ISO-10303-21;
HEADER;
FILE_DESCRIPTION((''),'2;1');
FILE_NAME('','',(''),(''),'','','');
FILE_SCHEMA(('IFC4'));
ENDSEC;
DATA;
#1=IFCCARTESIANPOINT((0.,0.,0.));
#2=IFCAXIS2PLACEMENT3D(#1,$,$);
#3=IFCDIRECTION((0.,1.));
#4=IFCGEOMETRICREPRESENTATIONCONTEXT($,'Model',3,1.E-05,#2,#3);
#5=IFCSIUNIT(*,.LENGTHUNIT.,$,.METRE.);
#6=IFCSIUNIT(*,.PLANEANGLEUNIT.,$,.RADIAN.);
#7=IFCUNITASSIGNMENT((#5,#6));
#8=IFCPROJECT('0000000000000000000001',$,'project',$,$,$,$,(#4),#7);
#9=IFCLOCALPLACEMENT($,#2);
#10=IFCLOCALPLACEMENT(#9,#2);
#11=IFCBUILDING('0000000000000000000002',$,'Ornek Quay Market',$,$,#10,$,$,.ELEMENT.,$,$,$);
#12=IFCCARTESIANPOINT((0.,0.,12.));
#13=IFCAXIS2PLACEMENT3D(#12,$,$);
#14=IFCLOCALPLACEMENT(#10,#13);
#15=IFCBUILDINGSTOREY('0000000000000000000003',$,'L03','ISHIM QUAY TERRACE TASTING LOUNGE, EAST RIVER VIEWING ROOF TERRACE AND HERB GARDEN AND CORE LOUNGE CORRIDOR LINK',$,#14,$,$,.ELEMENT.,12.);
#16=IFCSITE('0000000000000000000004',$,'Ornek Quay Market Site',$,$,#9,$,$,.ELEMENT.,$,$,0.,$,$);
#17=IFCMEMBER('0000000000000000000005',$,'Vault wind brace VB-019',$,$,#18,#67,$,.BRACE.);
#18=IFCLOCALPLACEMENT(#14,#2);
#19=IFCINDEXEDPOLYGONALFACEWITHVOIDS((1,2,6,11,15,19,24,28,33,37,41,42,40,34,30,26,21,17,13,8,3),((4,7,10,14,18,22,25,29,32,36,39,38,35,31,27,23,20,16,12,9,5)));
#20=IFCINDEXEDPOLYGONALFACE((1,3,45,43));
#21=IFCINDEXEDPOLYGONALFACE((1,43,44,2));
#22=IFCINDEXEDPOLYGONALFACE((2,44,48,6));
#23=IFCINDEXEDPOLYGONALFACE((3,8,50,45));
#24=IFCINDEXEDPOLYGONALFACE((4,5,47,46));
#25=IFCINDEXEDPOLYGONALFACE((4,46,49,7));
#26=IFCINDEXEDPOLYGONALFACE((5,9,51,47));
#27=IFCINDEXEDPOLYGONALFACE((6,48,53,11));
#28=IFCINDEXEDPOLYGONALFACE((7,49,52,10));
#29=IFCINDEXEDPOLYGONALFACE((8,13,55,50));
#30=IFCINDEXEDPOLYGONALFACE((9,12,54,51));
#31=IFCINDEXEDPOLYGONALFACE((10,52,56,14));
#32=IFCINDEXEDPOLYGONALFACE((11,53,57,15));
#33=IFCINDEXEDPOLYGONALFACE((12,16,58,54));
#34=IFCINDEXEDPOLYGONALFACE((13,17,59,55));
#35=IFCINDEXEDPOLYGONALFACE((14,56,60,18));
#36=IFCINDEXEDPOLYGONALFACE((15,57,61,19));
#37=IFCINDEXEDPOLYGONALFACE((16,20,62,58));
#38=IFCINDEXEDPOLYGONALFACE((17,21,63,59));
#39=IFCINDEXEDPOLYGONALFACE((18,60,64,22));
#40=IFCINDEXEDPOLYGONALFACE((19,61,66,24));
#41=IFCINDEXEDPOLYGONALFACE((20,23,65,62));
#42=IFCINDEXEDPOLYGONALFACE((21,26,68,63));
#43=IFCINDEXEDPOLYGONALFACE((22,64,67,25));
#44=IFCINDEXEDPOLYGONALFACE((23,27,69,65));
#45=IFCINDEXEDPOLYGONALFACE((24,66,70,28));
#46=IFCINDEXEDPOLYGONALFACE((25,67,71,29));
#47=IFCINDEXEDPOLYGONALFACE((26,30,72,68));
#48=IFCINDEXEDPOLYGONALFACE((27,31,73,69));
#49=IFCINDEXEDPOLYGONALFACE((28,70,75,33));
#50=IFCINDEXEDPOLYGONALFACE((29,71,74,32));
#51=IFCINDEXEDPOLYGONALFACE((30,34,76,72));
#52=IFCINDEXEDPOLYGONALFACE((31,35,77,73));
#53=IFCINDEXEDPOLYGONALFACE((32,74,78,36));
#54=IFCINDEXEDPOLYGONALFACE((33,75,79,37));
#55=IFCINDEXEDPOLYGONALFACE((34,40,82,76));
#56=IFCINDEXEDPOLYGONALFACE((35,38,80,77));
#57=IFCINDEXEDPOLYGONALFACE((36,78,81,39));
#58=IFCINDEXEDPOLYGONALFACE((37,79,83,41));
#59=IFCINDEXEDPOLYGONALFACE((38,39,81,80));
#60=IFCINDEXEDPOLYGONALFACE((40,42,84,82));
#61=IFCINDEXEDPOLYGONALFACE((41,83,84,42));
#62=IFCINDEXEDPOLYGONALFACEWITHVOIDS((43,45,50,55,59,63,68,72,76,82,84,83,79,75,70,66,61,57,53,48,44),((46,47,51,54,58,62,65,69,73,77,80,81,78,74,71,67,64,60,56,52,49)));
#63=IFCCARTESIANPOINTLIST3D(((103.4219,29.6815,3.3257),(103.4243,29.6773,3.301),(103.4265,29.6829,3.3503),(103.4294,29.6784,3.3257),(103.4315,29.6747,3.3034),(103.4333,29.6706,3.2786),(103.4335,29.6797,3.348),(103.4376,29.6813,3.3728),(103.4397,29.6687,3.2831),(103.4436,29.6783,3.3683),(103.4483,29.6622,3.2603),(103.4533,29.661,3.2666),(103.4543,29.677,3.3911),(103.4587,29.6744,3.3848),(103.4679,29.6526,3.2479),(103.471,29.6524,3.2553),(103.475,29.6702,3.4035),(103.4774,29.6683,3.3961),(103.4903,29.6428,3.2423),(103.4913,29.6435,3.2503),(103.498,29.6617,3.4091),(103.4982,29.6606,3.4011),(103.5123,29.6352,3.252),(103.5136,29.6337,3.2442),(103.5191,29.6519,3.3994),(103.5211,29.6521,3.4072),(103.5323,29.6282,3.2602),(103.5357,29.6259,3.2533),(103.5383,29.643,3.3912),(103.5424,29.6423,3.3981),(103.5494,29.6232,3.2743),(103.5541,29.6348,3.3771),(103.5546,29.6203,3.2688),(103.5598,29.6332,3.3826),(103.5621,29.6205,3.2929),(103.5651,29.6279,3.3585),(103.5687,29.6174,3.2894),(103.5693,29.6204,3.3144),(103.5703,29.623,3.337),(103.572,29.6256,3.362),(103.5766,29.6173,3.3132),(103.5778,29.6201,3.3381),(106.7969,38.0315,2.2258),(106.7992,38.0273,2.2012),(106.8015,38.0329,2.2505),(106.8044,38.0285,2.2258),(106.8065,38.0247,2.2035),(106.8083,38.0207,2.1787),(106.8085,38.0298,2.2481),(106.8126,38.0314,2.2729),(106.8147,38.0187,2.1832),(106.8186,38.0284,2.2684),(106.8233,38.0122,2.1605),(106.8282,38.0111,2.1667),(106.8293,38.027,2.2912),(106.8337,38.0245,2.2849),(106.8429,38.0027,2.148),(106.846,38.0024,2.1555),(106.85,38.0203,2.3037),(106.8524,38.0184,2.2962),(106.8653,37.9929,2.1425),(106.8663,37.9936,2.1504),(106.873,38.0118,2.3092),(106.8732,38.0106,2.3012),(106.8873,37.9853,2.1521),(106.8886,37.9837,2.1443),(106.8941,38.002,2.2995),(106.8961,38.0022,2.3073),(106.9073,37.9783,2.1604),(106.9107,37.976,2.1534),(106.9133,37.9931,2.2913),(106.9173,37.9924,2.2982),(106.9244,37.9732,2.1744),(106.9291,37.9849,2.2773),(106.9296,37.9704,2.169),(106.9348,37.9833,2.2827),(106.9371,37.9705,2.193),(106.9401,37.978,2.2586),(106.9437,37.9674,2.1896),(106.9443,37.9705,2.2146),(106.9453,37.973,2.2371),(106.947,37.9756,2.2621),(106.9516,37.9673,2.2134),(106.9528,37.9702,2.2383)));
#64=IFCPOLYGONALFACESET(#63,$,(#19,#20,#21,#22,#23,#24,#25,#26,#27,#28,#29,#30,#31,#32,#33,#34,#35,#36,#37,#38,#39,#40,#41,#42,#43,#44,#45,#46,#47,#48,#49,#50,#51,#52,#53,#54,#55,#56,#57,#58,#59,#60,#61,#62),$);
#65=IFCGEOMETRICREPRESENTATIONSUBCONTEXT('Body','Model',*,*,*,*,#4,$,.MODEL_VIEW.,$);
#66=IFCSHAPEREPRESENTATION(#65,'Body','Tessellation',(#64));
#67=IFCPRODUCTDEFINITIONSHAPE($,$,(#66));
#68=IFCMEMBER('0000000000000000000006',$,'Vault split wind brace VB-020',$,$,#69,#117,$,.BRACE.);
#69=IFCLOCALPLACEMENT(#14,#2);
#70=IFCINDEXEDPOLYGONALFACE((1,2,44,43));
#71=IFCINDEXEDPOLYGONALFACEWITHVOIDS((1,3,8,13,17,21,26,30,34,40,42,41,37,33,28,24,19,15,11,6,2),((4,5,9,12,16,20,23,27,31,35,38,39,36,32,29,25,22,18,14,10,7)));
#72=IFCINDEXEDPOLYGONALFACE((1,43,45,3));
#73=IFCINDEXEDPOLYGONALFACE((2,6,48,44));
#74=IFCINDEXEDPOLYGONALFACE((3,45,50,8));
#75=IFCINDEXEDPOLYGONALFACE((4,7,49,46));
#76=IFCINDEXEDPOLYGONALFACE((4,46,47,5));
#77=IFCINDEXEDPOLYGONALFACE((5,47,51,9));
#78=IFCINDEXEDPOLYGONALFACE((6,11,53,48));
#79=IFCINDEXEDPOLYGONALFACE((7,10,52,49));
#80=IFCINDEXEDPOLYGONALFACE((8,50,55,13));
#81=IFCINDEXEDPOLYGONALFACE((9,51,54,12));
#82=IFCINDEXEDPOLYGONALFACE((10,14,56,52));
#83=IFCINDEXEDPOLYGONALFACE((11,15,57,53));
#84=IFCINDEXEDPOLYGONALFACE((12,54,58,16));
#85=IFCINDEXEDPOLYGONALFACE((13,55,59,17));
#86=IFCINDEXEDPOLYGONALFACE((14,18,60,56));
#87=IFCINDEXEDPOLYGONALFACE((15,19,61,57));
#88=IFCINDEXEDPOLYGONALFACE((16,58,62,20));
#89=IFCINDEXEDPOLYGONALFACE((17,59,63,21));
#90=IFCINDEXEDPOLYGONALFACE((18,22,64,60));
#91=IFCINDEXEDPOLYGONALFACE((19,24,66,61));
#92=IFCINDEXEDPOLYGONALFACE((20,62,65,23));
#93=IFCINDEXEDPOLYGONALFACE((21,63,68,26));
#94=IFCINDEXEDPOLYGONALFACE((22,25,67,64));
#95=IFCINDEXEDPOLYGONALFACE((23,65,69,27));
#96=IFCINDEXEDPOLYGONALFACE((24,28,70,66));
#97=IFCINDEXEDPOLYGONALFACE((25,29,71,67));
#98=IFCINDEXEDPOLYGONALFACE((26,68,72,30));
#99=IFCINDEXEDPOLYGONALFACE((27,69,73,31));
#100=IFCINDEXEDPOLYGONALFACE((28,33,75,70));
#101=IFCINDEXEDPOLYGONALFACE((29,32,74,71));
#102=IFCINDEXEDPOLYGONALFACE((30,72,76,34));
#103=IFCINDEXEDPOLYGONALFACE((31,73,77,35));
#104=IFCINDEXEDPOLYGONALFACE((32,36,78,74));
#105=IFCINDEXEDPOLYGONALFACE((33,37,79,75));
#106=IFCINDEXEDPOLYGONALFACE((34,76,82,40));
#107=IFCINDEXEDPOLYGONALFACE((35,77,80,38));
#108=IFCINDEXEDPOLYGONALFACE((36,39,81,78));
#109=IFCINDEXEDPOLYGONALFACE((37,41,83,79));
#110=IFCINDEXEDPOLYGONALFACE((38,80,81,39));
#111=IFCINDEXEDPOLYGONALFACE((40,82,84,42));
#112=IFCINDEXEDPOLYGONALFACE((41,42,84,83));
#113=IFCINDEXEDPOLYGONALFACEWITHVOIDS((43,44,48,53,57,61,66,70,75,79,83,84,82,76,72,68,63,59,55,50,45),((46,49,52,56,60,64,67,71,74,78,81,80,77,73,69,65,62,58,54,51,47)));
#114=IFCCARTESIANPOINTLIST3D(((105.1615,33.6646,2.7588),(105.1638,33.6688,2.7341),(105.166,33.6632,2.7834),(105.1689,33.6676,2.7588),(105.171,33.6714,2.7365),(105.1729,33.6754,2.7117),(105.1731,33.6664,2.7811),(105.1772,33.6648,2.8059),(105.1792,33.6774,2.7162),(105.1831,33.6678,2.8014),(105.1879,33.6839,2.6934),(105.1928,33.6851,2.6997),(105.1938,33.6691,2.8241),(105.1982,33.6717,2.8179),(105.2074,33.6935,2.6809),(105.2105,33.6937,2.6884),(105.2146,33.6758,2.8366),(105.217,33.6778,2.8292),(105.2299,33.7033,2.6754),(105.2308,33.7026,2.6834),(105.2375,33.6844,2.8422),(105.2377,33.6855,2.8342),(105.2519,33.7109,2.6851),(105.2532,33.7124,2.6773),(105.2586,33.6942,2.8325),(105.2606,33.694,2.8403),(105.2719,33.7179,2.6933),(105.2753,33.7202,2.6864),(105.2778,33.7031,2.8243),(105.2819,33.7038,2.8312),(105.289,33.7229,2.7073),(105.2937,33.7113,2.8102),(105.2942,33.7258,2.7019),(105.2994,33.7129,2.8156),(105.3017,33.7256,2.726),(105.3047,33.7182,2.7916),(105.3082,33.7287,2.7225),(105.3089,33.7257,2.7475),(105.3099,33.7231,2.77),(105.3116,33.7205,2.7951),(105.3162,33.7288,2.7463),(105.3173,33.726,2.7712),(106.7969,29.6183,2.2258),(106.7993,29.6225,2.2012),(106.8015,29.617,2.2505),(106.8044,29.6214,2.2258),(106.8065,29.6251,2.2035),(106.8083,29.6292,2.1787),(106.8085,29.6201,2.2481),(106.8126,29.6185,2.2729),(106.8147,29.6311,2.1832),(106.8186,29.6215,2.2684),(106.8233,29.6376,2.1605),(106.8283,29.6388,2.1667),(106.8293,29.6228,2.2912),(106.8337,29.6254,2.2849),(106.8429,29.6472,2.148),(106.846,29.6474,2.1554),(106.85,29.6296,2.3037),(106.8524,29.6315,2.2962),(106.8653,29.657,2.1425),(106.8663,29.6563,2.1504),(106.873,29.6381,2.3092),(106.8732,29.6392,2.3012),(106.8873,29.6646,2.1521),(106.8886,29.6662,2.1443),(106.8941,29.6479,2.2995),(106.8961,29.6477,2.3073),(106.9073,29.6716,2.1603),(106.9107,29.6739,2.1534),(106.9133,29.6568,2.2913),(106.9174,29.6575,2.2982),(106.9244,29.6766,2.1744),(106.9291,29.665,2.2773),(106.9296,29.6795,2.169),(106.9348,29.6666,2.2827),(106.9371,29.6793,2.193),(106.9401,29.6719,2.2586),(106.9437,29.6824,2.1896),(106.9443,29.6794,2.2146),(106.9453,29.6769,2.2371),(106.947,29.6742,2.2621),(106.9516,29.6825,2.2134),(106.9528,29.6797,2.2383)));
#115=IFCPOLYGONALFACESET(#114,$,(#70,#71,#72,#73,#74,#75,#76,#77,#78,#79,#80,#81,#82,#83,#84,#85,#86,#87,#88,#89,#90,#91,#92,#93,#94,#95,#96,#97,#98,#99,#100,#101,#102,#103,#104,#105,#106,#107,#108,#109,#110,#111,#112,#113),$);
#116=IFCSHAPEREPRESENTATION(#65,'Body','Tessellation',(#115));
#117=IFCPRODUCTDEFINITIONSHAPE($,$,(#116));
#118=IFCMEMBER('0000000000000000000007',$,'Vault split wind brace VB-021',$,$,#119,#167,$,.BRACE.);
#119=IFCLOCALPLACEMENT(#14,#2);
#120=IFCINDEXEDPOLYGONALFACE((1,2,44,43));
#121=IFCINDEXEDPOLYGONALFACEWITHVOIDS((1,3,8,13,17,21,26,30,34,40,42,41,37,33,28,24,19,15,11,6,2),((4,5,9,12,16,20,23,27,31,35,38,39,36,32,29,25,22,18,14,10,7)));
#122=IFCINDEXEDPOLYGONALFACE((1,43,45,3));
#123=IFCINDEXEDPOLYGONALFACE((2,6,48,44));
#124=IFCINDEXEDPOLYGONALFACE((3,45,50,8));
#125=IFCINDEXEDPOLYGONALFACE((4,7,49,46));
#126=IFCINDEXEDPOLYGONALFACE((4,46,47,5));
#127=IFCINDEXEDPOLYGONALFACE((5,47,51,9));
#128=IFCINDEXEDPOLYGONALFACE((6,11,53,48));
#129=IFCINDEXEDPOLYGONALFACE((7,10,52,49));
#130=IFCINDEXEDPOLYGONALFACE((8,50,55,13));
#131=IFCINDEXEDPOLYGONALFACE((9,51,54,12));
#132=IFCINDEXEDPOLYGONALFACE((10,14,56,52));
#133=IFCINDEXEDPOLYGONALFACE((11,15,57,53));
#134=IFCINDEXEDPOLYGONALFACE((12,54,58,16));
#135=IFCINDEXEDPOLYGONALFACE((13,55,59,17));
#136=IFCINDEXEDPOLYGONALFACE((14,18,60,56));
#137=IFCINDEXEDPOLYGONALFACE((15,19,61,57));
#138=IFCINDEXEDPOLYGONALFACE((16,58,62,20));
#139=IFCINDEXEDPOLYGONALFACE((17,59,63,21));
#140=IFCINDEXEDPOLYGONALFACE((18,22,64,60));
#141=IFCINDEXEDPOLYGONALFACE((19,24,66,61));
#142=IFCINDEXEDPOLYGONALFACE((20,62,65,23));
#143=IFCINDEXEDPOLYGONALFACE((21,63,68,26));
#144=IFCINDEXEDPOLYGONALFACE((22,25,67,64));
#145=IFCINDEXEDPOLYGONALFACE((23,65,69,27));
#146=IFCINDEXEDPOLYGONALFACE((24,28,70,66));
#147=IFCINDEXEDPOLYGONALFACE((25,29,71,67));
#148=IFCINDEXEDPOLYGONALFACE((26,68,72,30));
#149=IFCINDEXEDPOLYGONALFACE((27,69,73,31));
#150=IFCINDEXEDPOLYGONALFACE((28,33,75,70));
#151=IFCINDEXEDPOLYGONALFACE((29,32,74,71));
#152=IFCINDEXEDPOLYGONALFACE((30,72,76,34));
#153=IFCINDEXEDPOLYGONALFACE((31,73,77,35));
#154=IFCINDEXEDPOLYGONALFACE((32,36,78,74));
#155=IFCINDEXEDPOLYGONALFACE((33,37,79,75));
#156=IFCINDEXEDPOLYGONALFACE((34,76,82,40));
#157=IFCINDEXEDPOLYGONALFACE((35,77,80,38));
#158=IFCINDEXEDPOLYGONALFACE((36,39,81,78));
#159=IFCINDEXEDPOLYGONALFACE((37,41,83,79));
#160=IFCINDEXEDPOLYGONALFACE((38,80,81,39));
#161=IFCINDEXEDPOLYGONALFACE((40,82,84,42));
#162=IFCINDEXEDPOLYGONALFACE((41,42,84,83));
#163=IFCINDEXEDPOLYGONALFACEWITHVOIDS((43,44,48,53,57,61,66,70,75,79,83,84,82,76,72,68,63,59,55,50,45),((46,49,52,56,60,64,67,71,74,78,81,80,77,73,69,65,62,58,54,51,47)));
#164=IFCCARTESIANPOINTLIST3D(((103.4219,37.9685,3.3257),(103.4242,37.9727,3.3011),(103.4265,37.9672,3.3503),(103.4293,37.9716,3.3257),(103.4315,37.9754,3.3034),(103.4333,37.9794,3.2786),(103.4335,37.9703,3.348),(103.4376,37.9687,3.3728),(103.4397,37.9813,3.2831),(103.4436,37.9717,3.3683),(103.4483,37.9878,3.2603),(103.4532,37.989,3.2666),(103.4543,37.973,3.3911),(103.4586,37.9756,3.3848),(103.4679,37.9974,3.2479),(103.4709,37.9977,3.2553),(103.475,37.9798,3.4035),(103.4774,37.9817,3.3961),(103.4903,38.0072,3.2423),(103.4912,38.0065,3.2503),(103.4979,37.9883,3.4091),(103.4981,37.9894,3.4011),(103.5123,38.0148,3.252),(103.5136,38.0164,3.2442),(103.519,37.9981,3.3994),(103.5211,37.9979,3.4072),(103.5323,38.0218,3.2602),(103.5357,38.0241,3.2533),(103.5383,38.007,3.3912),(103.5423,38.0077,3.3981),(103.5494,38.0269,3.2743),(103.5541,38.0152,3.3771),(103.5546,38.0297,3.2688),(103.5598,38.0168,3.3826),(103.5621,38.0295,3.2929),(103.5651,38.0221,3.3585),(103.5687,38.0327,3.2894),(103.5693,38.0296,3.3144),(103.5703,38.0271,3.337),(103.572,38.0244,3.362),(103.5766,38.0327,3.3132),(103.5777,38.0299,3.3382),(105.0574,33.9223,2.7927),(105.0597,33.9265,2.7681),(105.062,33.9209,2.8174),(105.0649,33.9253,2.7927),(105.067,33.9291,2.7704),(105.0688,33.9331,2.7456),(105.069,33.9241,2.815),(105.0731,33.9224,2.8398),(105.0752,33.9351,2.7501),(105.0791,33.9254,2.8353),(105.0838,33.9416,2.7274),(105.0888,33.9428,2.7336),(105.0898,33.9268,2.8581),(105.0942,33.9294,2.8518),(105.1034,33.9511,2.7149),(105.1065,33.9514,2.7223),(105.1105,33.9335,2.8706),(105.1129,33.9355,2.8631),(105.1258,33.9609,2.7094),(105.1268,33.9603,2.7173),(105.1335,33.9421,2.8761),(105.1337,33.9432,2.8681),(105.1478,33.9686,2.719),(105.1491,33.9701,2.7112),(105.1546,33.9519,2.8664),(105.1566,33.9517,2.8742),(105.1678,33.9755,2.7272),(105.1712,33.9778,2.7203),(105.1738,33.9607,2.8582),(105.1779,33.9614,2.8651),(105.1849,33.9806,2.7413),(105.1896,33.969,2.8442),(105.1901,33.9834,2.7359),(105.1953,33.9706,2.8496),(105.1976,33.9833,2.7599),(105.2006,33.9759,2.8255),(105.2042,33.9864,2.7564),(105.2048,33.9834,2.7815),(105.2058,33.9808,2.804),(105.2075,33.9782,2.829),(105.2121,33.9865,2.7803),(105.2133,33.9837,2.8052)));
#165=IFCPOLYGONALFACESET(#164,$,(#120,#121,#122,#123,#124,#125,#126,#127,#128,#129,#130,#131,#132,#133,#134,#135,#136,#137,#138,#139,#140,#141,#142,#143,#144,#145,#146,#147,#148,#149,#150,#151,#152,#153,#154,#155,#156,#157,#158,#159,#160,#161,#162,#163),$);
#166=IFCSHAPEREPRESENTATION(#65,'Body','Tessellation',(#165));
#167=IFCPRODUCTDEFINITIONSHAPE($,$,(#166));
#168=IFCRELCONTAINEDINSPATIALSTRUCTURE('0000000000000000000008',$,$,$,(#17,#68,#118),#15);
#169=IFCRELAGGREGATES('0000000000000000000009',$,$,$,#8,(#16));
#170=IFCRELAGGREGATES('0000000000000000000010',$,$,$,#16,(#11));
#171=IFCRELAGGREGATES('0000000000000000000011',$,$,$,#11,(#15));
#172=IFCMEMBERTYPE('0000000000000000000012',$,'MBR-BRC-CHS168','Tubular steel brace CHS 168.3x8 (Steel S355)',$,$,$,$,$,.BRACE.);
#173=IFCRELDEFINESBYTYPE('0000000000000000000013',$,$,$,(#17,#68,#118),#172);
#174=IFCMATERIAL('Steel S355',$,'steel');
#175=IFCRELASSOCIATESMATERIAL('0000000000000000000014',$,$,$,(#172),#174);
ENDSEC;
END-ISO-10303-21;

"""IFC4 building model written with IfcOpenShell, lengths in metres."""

from ifc_helpers import new_model, si_unit, direction, frame, origin, origin_2d, place, context, subcontext, project, spatial, hollow_circle, extrude, material, material_profile, profile_set, type_object, element, save


model = new_model("IFC4")

# Units and contexts
model_context = context("Model", 3, precision=1e-05, world=origin(), true_north=direction((0.0, 1.0)))
body_context = subcontext(model_context, "Body", "Model", "MODEL_VIEW")
ifc_project = project(units=[si_unit("LENGTHUNIT", "METRE"), si_unit("PLANEANGLEUNIT", "RADIAN")], contexts=[model_context])

# Site, building, storey
site_placement = place(None, origin())
site = spatial("IfcSite", under=ifc_project, at=site_placement, Name="Ornek Quay Market Site", CompositionType="ELEMENT", RefElevation=0.0)
building_placement = place(site_placement, origin())
building = spatial("IfcBuilding", under=site, at=building_placement, Name="Ornek Quay Market", CompositionType="ELEMENT")
storey_placement = place(building_placement, frame((0.0, 0.0, 12.0)))
storey = spatial("IfcBuildingStorey", under=building, at=storey_placement, Name="L03", Description="ISHIM QUAY TERRACE TASTING LOUNGE, EAST RIVER VIEWING ROOF TERRACE AND HERB GARDEN AND CORE LOUNGE CORRIDOR LINK", CompositionType="ELEMENT", Elevation=12.0)

# Shared definitions
ifc_material_1 = material(Name="Steel S355", Category="steel")

# Members
ifc_material_profile_1 = material_profile(ifc_material_1, hollow_circle(Radius=0.0842, WallThickness=0.0081, at=origin_2d()), Name="CHS 168.3x8", Category="steel")
ifc_profile_set_1 = profile_set([ifc_material_profile_1], Name="Steel S355")
member_type_1 = type_object("IfcMemberType", Name="MBR-BRC-CHS168", Description="Tubular steel brace CHS 168.3x8 (Steel S355)", PredefinedType="BRACE", material=ifc_profile_set_1)
member_1_placement = place(storey_placement, frame((103.5, 29.6499, 3.3257), z_axis=(0.371971, 0.920295, -0.121219), x_axis=(-0.927132, 0.374735, 0.0)))
element("IfcMember", 1, at=member_1_placement, inside=storey, type_object=member_type_1, Name="Vault wind brace VB-019", PredefinedType="BRACE", context=body_context, shape_type="SweptSolid", body=[
    extrude(hollow_circle(Radius=0.0842, WallThickness=0.0081, at=origin_2d()), origin(), (0.0, 0.0, 1.0), 9.0732),
])
for number, where, z_axis, x_axis, name in (
    (2, (106.875, 29.6499, 2.2258), (-0.371972, 0.920296, 0.121214), (-0.927132, -0.374735, 0.0), "Vault split wind brace VB-020"),
    (3, (105.1355, 33.9539, 2.7927), (-0.371991, 0.920287, 0.12122), (-0.927124, -0.374754, 0.0), "Vault split wind brace VB-021"),
):
    element("IfcMember", number, at=place(storey_placement, frame(where, z_axis=z_axis, x_axis=x_axis)), inside=storey, type_object=member_type_1, Name=name, PredefinedType="BRACE", context=body_context, shape_type="SweptSolid", body=[
        extrude(hollow_circle(Radius=0.0842, WallThickness=0.0081, at=origin_2d()), origin(), (0.0, 0.0, 1.0), 4.3967),
    ])

save(model, "model.ifc")
